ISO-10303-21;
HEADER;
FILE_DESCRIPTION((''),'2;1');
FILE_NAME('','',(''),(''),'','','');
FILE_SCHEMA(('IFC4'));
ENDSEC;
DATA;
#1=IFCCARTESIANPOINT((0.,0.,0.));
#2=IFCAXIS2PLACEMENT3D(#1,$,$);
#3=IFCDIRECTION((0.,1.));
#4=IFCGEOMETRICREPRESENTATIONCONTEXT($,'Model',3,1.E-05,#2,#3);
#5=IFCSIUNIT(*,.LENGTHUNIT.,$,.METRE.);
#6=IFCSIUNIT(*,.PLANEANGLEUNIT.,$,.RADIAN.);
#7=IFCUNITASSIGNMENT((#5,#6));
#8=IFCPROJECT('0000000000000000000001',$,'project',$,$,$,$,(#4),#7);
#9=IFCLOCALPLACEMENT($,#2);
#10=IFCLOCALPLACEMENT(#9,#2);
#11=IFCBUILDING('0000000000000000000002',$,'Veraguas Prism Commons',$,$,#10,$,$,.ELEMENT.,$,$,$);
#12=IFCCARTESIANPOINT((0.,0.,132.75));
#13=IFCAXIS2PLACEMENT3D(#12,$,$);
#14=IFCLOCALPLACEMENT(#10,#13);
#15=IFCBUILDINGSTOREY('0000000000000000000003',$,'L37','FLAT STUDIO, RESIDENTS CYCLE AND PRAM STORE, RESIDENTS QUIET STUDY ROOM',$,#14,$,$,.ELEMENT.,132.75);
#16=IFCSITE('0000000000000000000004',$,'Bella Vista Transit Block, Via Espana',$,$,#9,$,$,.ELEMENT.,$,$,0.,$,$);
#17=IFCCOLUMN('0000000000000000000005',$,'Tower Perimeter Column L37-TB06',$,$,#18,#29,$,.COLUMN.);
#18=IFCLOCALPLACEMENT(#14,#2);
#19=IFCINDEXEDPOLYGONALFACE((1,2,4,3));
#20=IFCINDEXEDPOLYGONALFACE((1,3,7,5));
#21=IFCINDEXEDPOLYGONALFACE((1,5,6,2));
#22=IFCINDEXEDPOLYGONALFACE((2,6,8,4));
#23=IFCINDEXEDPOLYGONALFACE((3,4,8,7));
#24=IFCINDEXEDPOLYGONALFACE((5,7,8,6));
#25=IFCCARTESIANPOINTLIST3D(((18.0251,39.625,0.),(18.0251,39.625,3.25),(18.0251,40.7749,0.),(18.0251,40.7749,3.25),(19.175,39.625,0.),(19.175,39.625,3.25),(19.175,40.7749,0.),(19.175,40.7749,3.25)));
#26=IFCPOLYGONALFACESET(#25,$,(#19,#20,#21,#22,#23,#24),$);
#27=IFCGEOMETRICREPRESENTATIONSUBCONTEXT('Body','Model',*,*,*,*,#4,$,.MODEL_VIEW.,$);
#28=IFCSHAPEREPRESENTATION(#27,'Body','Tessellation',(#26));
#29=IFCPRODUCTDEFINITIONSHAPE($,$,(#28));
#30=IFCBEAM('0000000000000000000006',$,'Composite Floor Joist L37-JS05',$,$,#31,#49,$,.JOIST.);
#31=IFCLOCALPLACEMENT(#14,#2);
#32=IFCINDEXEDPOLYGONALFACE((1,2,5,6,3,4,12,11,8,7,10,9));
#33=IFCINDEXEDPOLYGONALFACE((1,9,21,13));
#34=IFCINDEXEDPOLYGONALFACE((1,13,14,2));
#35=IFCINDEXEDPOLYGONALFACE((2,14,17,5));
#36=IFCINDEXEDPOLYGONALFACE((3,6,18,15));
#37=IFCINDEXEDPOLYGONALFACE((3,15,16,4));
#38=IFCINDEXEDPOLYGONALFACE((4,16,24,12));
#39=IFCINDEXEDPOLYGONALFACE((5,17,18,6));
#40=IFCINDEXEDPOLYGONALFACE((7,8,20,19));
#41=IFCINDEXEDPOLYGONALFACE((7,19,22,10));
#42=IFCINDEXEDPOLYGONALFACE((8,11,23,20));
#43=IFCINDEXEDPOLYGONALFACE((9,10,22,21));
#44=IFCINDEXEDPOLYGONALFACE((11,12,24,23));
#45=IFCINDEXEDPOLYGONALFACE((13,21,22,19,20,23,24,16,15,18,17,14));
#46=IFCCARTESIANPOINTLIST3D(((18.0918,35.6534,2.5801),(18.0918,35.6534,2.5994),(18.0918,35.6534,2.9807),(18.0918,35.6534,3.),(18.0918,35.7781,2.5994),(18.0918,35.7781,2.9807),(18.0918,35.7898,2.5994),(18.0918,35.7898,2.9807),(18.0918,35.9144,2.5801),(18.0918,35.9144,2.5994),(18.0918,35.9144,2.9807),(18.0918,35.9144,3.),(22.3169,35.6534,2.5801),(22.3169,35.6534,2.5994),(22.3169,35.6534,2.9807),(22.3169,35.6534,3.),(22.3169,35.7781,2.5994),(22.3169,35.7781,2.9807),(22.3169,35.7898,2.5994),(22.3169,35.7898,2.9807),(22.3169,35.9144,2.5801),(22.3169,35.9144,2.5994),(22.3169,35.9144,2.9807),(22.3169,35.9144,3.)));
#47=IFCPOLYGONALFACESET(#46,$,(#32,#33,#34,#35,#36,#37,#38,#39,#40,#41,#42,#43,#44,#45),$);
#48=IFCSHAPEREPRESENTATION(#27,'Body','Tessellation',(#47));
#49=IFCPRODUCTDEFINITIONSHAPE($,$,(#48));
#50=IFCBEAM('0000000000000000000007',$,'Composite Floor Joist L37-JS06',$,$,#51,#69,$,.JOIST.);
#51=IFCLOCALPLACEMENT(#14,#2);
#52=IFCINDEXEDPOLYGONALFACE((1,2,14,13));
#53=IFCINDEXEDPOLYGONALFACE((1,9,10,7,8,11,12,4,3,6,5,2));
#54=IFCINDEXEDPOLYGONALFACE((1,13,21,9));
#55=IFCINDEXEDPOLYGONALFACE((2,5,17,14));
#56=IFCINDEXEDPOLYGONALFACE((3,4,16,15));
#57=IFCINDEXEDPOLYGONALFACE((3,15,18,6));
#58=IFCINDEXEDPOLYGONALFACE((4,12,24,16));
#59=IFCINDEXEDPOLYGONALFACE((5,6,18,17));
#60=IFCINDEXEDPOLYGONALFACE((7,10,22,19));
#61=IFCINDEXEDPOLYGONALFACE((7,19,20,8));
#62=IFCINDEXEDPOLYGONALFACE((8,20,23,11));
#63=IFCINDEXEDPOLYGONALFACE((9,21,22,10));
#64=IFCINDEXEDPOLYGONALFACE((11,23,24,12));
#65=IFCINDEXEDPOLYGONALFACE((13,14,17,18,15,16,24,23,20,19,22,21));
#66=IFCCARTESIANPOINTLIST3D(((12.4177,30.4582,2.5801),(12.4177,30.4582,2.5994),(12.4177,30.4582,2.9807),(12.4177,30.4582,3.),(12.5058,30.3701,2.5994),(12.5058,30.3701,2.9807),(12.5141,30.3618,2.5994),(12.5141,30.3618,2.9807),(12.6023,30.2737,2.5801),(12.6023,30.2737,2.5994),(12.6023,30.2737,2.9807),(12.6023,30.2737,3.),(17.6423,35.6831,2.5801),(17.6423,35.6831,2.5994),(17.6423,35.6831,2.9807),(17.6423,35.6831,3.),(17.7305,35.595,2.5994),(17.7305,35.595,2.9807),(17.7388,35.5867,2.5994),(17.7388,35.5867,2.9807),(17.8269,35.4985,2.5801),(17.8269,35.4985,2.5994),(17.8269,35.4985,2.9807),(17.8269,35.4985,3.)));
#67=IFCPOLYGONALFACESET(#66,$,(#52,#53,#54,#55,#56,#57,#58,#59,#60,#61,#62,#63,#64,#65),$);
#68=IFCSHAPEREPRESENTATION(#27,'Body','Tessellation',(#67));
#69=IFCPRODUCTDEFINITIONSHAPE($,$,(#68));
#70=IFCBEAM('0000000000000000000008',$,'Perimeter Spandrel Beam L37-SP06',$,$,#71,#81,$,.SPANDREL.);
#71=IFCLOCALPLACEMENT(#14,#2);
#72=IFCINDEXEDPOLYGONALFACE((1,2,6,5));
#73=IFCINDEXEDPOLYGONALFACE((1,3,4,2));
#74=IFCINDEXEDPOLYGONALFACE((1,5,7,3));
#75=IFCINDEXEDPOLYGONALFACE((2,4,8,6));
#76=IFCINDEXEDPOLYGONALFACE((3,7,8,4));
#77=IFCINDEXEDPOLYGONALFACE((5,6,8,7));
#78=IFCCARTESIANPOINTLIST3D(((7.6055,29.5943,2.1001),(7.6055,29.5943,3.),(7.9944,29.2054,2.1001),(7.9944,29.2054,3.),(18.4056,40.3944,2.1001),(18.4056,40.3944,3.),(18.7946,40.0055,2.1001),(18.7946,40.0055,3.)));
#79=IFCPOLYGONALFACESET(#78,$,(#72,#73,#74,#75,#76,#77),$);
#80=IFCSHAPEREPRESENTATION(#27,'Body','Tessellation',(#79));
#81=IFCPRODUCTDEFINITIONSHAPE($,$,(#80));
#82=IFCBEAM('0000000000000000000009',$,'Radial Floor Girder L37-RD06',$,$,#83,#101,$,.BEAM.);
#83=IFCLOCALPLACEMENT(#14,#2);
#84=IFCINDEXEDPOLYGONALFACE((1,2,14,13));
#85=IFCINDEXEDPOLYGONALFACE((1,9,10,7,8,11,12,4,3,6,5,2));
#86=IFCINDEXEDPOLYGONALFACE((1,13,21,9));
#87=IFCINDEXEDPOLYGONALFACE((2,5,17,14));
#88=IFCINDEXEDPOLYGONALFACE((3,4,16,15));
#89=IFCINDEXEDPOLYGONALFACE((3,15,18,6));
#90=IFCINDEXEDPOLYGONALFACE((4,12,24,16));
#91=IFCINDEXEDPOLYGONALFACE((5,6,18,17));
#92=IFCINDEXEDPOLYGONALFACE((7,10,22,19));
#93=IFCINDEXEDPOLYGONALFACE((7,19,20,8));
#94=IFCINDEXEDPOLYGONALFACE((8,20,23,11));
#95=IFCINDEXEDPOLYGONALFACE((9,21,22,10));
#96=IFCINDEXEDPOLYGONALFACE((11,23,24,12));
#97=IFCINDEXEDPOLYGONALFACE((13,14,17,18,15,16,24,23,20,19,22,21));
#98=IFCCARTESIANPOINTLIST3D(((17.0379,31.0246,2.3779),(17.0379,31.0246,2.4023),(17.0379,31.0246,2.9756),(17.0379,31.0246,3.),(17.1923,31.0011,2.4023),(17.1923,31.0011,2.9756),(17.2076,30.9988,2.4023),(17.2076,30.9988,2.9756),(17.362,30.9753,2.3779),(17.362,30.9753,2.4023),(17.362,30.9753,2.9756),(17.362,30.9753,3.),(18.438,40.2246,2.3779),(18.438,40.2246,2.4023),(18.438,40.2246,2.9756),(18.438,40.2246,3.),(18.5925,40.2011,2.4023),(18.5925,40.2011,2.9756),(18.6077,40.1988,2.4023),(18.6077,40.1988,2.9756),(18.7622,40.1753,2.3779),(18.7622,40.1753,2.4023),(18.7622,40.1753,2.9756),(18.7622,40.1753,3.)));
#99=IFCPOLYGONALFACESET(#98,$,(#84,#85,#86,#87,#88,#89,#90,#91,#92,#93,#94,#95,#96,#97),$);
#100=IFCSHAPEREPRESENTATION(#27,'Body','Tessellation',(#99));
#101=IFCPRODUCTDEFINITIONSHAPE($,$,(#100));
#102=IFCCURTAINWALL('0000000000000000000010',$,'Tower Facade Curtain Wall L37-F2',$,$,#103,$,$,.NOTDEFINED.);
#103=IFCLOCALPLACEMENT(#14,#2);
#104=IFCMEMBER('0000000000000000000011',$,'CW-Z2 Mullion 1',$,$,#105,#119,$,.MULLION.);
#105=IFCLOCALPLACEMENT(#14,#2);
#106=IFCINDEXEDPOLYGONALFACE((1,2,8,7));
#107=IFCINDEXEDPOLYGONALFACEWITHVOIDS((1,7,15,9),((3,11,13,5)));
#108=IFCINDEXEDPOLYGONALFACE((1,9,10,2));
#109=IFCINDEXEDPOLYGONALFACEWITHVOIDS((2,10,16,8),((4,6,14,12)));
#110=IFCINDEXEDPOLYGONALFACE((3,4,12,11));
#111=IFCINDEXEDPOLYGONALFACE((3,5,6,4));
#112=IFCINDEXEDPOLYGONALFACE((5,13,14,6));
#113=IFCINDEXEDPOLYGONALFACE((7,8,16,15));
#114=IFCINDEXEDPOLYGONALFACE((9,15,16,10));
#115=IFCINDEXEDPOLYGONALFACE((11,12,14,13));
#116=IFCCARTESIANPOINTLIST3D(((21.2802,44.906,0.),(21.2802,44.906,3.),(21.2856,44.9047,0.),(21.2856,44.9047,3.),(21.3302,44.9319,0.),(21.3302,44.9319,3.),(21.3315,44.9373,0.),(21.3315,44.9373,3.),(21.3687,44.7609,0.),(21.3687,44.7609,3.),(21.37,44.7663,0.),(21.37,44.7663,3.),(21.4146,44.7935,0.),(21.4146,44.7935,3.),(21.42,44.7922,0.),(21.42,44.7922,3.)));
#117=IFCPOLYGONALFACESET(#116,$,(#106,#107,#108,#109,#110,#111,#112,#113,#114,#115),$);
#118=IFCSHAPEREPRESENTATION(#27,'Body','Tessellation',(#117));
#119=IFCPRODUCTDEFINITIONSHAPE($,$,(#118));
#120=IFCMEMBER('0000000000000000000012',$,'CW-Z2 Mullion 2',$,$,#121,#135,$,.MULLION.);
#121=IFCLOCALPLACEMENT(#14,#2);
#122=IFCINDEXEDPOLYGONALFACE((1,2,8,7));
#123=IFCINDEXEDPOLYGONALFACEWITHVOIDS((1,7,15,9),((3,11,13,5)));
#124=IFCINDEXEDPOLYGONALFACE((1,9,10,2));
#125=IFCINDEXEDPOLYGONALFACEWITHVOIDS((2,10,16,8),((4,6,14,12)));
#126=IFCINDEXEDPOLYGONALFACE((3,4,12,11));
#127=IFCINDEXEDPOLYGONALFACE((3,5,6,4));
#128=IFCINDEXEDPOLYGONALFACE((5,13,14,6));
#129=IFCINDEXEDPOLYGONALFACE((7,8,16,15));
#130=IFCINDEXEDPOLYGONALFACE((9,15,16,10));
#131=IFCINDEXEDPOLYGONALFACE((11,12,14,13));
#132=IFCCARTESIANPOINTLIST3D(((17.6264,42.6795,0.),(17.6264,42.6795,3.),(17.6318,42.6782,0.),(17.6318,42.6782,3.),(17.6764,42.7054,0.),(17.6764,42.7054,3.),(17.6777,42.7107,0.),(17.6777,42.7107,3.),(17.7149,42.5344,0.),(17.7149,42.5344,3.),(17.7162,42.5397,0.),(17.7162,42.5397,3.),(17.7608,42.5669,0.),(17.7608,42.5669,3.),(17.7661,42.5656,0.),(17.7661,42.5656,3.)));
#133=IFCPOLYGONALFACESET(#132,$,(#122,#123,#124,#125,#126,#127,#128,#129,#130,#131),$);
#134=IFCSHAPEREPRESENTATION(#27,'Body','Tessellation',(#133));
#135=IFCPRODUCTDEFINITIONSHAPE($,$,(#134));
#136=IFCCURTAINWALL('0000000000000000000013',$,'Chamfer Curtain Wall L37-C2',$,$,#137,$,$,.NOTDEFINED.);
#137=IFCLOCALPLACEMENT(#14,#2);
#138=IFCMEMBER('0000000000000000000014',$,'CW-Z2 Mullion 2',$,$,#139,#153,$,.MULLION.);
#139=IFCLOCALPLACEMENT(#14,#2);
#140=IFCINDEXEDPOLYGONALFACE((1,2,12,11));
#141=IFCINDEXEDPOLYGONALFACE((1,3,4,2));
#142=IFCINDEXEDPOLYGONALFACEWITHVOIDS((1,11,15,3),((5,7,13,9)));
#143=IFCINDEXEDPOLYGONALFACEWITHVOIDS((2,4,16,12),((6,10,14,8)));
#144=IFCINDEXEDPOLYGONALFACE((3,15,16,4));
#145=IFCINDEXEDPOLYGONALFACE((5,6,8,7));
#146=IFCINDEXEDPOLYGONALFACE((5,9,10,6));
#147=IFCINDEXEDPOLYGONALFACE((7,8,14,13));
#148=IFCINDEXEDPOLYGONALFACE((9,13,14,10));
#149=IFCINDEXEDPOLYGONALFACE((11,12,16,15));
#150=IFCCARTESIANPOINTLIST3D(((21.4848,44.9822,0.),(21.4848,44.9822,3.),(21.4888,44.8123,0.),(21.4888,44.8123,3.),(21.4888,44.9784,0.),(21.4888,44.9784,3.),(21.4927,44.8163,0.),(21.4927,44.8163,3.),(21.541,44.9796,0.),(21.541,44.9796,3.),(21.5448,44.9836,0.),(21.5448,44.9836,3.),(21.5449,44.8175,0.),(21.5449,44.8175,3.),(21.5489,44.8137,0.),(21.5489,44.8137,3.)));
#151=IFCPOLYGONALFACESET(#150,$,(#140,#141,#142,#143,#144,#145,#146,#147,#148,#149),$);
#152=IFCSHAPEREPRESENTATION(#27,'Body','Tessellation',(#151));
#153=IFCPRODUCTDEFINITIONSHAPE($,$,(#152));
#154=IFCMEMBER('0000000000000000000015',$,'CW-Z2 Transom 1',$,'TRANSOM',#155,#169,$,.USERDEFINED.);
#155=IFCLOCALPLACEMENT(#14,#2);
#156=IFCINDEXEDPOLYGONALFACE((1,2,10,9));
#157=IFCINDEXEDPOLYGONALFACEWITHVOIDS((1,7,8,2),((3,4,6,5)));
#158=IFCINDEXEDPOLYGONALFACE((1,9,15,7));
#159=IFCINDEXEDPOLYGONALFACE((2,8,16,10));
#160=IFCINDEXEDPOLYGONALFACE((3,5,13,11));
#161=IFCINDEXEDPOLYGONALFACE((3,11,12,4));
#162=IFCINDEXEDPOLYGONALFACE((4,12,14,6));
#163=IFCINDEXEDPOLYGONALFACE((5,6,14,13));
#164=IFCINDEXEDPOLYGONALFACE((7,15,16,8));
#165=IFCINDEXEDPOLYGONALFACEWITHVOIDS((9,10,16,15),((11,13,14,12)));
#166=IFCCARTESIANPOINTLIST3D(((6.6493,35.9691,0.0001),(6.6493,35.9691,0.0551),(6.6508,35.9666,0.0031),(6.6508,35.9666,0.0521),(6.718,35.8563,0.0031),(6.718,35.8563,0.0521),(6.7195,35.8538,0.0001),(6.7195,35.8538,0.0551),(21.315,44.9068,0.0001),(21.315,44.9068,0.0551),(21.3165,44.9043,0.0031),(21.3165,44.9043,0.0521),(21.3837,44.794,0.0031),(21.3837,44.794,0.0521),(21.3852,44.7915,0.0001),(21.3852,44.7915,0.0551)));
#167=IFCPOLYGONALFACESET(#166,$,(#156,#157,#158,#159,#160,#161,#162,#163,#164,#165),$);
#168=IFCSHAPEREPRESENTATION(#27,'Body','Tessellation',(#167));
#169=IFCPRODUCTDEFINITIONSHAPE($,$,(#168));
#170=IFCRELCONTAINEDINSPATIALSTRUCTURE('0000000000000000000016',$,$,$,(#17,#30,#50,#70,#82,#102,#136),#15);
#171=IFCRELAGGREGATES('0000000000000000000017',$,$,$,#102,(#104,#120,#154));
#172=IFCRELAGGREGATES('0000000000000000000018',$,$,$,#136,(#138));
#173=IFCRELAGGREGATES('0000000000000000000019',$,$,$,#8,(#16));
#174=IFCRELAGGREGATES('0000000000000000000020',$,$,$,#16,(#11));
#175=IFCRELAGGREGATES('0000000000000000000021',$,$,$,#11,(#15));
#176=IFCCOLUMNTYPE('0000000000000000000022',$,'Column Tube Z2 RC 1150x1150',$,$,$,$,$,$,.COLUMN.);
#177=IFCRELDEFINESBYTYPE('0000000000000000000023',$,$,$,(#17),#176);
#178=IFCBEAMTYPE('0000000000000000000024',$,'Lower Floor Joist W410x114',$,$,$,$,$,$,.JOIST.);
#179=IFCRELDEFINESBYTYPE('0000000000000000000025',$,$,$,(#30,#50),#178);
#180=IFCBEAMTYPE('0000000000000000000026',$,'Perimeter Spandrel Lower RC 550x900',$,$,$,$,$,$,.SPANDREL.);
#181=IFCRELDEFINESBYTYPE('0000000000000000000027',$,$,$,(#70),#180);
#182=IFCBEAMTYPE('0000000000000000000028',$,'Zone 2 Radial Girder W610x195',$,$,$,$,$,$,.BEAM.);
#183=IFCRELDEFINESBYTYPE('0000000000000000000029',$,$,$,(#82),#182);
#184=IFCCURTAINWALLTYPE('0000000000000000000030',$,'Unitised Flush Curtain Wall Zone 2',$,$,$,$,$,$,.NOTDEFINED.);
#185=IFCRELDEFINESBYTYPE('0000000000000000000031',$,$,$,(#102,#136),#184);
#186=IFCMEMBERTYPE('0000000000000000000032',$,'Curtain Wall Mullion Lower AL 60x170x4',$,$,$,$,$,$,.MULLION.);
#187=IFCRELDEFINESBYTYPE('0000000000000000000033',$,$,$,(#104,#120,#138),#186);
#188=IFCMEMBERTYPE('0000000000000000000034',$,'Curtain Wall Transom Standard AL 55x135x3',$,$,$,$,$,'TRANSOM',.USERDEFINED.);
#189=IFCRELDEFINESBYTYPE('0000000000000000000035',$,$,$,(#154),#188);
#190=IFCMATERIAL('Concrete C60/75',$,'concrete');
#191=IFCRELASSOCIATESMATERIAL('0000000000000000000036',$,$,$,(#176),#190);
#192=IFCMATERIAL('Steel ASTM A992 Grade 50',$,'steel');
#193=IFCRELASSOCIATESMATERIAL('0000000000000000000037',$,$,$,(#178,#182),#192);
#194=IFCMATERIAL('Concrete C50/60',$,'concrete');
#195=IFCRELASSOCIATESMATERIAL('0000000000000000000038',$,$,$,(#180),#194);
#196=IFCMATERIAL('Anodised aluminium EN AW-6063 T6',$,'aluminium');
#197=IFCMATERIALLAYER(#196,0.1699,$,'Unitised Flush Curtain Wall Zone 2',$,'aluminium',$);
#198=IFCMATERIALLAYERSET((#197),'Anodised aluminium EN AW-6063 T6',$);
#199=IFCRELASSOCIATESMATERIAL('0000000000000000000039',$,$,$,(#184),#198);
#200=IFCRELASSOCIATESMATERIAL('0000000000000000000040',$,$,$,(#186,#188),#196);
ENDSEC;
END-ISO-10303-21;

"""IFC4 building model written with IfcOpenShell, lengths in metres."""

from ifc_helpers import new_model, si_unit, direction, frame, origin, origin_2d, place, context, subcontext, project, spatial, rectangle, hollow_rectangle, i_section, extrude, source, transform, mapped, material, layer, layer_set, material_profile, profile_set, type_object, element, aggregate, save


model = new_model("IFC4")

# Units and contexts
model_context = context("Model", 3, precision=1e-05, world=origin(), true_north=direction((0.0, 1.0)))
body_context = subcontext(model_context, "Body", "Model", "MODEL_VIEW")
ifc_project = project(units=[si_unit("LENGTHUNIT", "METRE"), si_unit("PLANEANGLEUNIT", "RADIAN")], contexts=[model_context])

# Site, building, storey
site_placement = place(None, origin())
site = spatial("IfcSite", under=ifc_project, at=site_placement, Name="Bella Vista Transit Block, Via Espana", CompositionType="ELEMENT", RefElevation=0.0)
building_placement = place(site_placement, origin())
building = spatial("IfcBuilding", under=site, at=building_placement, Name="Veraguas Prism Commons", CompositionType="ELEMENT")
storey_placement = place(building_placement, frame((0.0, 0.0, 132.75)))
storey = spatial("IfcBuildingStorey", under=building, at=storey_placement, Name="L37", Description="FLAT STUDIO, RESIDENTS CYCLE AND PRAM STORE, RESIDENTS QUIET STUDY ROOM", CompositionType="ELEMENT", Elevation=132.75)

# Column
ifc_material_1 = material(Name="Concrete C60/75", Category="concrete")
ifc_material_profile_1 = material_profile(ifc_material_1, rectangle(XDim=1.1499, YDim=1.1499, at=origin_2d()), Name="RC1150X1150")
ifc_profile_set_1 = profile_set([ifc_material_profile_1], Name="Concrete C60/75")
column_type = type_object("IfcColumnType", Name="Column Tube Z2 RC 1150x1150", PredefinedType="COLUMN", material=ifc_profile_set_1)
column_placement = place(storey_placement, frame((18.6001, 40.2, 0.0), z_axis=(0.0, 0.0, 1.0), x_axis=(1.0, 0.0, 0.0)))
element("IfcColumn", 1, at=column_placement, inside=storey, type_object=column_type, Name="Tower Perimeter Column L37-TB06", PredefinedType="COLUMN", context=body_context, shape_type="SweptSolid", body=[
    extrude(rectangle(XDim=1.1499, YDim=1.1499, at=origin_2d()), origin(), (0.0, 0.0, 1.0), 3.25),
])

# Beams
ifc_material_2 = material(Name="Steel ASTM A992 Grade 50", Category="steel")
ifc_material_profile_2 = material_profile(ifc_material_2, i_section(OverallWidth=0.261, OverallDepth=0.4199, WebThickness=0.0117, FlangeThickness=0.0193, at=origin_2d()), Name="W410X114")
ifc_profile_set_2 = profile_set([ifc_material_profile_2], Name="Steel ASTM A992 Grade 50")
beam_type_1 = type_object("IfcBeamType", Name="Lower Floor Joist W410x114", PredefinedType="JOIST", material=ifc_profile_set_2)
beam_1_placement = place(storey_placement, frame((22.3169, 35.7839, 2.79), z_axis=(-1.0, 0.0, 0.0), x_axis=(0.0, -1.0, 0.0)))
element("IfcBeam", 2, at=beam_1_placement, inside=storey, type_object=beam_type_1, Name="Composite Floor Joist L37-JS05", PredefinedType="JOIST", context=body_context, shape_type="SweptSolid", body=[
    extrude(i_section(OverallWidth=0.261, OverallDepth=0.4199, WebThickness=0.0117, FlangeThickness=0.0193, at=origin_2d()), origin(), (0.0, 0.0, 1.0), 4.2251),
])
beam_2_placement = place(storey_placement, frame((17.7346, 35.5908, 2.79), z_axis=(-0.70709, -0.707123, 0.0), x_axis=(0.707123, -0.70709, 0.0)))
element("IfcBeam", 3, at=beam_2_placement, inside=storey, type_object=beam_type_1, Name="Composite Floor Joist L37-JS06", PredefinedType="JOIST", context=body_context, shape_type="SweptSolid", body=[
    extrude(i_section(OverallWidth=0.261, OverallDepth=0.4199, WebThickness=0.0117, FlangeThickness=0.0193, at=origin_2d()), origin(), (0.0, 0.0, 1.0), 7.3889),
])
ifc_material_3 = material(Name="Concrete C50/60", Category="concrete")
ifc_material_profile_3 = material_profile(ifc_material_3, rectangle(XDim=0.55, YDim=0.8999, at=origin_2d()), Name="RC550X900")
ifc_profile_set_3 = profile_set([ifc_material_profile_3], Name="Concrete C50/60")
beam_type_2 = type_object("IfcBeamType", Name="Perimeter Spandrel Lower RC 550x900", PredefinedType="SPANDREL", material=ifc_profile_set_3)
beam_3_placement = place(storey_placement, frame((18.6001, 40.2, 2.55), z_axis=(-0.707107, -0.707107, 0.0), x_axis=(0.707107, -0.707107, 0.0)))
element("IfcBeam", 4, at=beam_3_placement, inside=storey, type_object=beam_type_2, Name="Perimeter Spandrel Beam L37-SP06", PredefinedType="SPANDREL", context=body_context, shape_type="SweptSolid", body=[
    extrude(rectangle(XDim=0.55, YDim=0.8999, at=origin_2d()), origin(), (0.0, 0.0, 1.0), 15.2737),
])
ifc_material_profile_4 = material_profile(ifc_material_2, i_section(OverallWidth=0.3279, OverallDepth=0.6221, WebThickness=0.0154, FlangeThickness=0.0244, at=origin_2d()), Name="W610X195")
ifc_profile_set_4 = profile_set([ifc_material_profile_4], Name="Steel ASTM A992 Grade 50")
beam_type_3 = type_object("IfcBeamType", Name="Zone 2 Radial Girder W610x195", PredefinedType="BEAM", material=ifc_profile_set_4)
beam_4_placement = place(storey_placement, frame((18.6001, 40.2, 2.689), z_axis=(-0.150458, -0.988616, 0.0), x_axis=(0.988616, -0.150458, 0.0)))
element("IfcBeam", 5, at=beam_4_placement, inside=storey, type_object=beam_type_3, Name="Radial Floor Girder L37-RD06", PredefinedType="BEAM", context=body_context, shape_type="SweptSolid", body=[
    extrude(i_section(OverallWidth=0.3279, OverallDepth=0.6221, WebThickness=0.0154, FlangeThickness=0.0244, at=origin_2d()), origin(), (0.0, 0.0, 1.0), 9.3059),
])

# Curtain wall, members
ifc_material_4 = material(Name="Anodised aluminium EN AW-6063 T6", Category="aluminium")
ifc_layer_1 = layer(ifc_material_4, 0.1699, Name="Unitised Flush Curtain Wall Zone 2", Category="aluminium")
ifc_layer_set_1 = layer_set([ifc_layer_1], Name="Anodised aluminium EN AW-6063 T6")
curtain_wall_type = type_object("IfcCurtainWallType", Name="Unitised Flush Curtain Wall Zone 2", PredefinedType="NOTDEFINED", material=ifc_layer_set_1)
curtain_wall_1_placement = place(storey_placement, origin())
curtain_wall_1 = element("IfcCurtainWall", 6, at=curtain_wall_1_placement, inside=storey, type_object=curtain_wall_type, Name="Tower Facade Curtain Wall L37-F2", PredefinedType="NOTDEFINED")
ifc_material_profile_5 = material_profile(ifc_material_4, hollow_rectangle(XDim=0.0601, YDim=0.1699, WallThickness=0.0039, at=origin_2d()), Name="AL60X170X4")
ifc_profile_set_5 = profile_set([ifc_material_profile_5], Name="Anodised aluminium EN AW-6063 T6")
member_type_1 = type_object("IfcMemberType", Name="Curtain Wall Mullion Lower AL 60x170x4", PredefinedType="MULLION", material=ifc_profile_set_5)
shared_shape_1 = source(origin(), body_context, "Body", "SweptSolid", [
    extrude(hollow_rectangle(XDim=0.0601, YDim=0.1699, WallThickness=0.0039, at=origin_2d()), origin(), (0.0, 0.0, 1.0), 3.0),
])
member_1_placement = place(storey_placement, frame((21.3501, 44.8491, 0.0), z_axis=(0.0, 0.0, 1.0), x_axis=(-0.853916, -0.520411, 0.0)))
member_1 = element("IfcMember", 7, at=member_1_placement, type_object=member_type_1, Name="CW-Z2 Mullion 1", PredefinedType="MULLION", context=body_context, shape_type="MappedRepresentation", body=[
    mapped(shared_shape_1, transform((0.0, 0.0, 0.0), scale=1.0)),
])
member_2_placement = place(storey_placement, frame((17.6963, 42.6226, 0.0), z_axis=(0.0, 0.0, 1.0), x_axis=(-0.853916, -0.520411, 0.0)))
member_2 = element("IfcMember", 8, at=member_2_placement, type_object=member_type_1, Name="CW-Z2 Mullion 2", PredefinedType="MULLION", context=body_context, shape_type="MappedRepresentation", body=[
    mapped(shared_shape_1, transform((0.0, 0.0, 0.0), scale=1.0)),
])

# Curtain wall, member
curtain_wall_2_placement = place(storey_placement, origin())
curtain_wall_2 = element("IfcCurtainWall", 9, at=curtain_wall_2_placement, inside=storey, type_object=curtain_wall_type, Name="Chamfer Curtain Wall L37-C2", PredefinedType="NOTDEFINED")
member_3_placement = place(storey_placement, frame((21.5168, 44.8979, 0.0), z_axis=(0.0, 0.0, 1.0), x_axis=(-0.999718, -0.023753, 0.0)))
member_3 = element("IfcMember", 10, at=member_3_placement, type_object=member_type_1, Name="CW-Z2 Mullion 2", PredefinedType="MULLION", context=body_context, shape_type="MappedRepresentation", body=[
    mapped(shared_shape_1, transform((0.0, 0.0, 0.0), scale=1.0)),
])

# Member
ifc_material_profile_6 = material_profile(ifc_material_4, hollow_rectangle(XDim=0.0549, YDim=0.135, WallThickness=0.0029, at=origin_2d()), Name="AL55X135X3")
ifc_profile_set_6 = profile_set([ifc_material_profile_6], Name="Anodised aluminium EN AW-6063 T6")
member_type_2 = type_object("IfcMemberType", Name="Curtain Wall Transom Standard AL 55x135x3", ElementType="TRANSOM", PredefinedType="USERDEFINED", material=ifc_profile_set_6)
shared_shape_2 = source(origin(), body_context, "Body", "SweptSolid", [
    extrude(hollow_rectangle(XDim=0.0549, YDim=0.135, WallThickness=0.0029, at=origin_2d()), origin(), (0.0, 0.0, 1.0), 17.1746),
])
member_4_placement = place(storey_placement, frame((21.3501, 44.8491, 0.0276), z_axis=(-0.85392, -0.520404, 0.0), x_axis=(0.0, 0.0, 1.0)))
member_4 = element("IfcMember", 11, at=member_4_placement, type_object=member_type_2, Name="CW-Z2 Transom 1", ObjectType="TRANSOM", PredefinedType="USERDEFINED", context=body_context, shape_type="MappedRepresentation", body=[
    mapped(shared_shape_2, transform((0.0, 0.0, 0.0), scale=1.0)),
])

aggregate(curtain_wall_1, [member_1, member_2, member_4])
aggregate(curtain_wall_2, [member_3])

save(model, "model.ifc")
